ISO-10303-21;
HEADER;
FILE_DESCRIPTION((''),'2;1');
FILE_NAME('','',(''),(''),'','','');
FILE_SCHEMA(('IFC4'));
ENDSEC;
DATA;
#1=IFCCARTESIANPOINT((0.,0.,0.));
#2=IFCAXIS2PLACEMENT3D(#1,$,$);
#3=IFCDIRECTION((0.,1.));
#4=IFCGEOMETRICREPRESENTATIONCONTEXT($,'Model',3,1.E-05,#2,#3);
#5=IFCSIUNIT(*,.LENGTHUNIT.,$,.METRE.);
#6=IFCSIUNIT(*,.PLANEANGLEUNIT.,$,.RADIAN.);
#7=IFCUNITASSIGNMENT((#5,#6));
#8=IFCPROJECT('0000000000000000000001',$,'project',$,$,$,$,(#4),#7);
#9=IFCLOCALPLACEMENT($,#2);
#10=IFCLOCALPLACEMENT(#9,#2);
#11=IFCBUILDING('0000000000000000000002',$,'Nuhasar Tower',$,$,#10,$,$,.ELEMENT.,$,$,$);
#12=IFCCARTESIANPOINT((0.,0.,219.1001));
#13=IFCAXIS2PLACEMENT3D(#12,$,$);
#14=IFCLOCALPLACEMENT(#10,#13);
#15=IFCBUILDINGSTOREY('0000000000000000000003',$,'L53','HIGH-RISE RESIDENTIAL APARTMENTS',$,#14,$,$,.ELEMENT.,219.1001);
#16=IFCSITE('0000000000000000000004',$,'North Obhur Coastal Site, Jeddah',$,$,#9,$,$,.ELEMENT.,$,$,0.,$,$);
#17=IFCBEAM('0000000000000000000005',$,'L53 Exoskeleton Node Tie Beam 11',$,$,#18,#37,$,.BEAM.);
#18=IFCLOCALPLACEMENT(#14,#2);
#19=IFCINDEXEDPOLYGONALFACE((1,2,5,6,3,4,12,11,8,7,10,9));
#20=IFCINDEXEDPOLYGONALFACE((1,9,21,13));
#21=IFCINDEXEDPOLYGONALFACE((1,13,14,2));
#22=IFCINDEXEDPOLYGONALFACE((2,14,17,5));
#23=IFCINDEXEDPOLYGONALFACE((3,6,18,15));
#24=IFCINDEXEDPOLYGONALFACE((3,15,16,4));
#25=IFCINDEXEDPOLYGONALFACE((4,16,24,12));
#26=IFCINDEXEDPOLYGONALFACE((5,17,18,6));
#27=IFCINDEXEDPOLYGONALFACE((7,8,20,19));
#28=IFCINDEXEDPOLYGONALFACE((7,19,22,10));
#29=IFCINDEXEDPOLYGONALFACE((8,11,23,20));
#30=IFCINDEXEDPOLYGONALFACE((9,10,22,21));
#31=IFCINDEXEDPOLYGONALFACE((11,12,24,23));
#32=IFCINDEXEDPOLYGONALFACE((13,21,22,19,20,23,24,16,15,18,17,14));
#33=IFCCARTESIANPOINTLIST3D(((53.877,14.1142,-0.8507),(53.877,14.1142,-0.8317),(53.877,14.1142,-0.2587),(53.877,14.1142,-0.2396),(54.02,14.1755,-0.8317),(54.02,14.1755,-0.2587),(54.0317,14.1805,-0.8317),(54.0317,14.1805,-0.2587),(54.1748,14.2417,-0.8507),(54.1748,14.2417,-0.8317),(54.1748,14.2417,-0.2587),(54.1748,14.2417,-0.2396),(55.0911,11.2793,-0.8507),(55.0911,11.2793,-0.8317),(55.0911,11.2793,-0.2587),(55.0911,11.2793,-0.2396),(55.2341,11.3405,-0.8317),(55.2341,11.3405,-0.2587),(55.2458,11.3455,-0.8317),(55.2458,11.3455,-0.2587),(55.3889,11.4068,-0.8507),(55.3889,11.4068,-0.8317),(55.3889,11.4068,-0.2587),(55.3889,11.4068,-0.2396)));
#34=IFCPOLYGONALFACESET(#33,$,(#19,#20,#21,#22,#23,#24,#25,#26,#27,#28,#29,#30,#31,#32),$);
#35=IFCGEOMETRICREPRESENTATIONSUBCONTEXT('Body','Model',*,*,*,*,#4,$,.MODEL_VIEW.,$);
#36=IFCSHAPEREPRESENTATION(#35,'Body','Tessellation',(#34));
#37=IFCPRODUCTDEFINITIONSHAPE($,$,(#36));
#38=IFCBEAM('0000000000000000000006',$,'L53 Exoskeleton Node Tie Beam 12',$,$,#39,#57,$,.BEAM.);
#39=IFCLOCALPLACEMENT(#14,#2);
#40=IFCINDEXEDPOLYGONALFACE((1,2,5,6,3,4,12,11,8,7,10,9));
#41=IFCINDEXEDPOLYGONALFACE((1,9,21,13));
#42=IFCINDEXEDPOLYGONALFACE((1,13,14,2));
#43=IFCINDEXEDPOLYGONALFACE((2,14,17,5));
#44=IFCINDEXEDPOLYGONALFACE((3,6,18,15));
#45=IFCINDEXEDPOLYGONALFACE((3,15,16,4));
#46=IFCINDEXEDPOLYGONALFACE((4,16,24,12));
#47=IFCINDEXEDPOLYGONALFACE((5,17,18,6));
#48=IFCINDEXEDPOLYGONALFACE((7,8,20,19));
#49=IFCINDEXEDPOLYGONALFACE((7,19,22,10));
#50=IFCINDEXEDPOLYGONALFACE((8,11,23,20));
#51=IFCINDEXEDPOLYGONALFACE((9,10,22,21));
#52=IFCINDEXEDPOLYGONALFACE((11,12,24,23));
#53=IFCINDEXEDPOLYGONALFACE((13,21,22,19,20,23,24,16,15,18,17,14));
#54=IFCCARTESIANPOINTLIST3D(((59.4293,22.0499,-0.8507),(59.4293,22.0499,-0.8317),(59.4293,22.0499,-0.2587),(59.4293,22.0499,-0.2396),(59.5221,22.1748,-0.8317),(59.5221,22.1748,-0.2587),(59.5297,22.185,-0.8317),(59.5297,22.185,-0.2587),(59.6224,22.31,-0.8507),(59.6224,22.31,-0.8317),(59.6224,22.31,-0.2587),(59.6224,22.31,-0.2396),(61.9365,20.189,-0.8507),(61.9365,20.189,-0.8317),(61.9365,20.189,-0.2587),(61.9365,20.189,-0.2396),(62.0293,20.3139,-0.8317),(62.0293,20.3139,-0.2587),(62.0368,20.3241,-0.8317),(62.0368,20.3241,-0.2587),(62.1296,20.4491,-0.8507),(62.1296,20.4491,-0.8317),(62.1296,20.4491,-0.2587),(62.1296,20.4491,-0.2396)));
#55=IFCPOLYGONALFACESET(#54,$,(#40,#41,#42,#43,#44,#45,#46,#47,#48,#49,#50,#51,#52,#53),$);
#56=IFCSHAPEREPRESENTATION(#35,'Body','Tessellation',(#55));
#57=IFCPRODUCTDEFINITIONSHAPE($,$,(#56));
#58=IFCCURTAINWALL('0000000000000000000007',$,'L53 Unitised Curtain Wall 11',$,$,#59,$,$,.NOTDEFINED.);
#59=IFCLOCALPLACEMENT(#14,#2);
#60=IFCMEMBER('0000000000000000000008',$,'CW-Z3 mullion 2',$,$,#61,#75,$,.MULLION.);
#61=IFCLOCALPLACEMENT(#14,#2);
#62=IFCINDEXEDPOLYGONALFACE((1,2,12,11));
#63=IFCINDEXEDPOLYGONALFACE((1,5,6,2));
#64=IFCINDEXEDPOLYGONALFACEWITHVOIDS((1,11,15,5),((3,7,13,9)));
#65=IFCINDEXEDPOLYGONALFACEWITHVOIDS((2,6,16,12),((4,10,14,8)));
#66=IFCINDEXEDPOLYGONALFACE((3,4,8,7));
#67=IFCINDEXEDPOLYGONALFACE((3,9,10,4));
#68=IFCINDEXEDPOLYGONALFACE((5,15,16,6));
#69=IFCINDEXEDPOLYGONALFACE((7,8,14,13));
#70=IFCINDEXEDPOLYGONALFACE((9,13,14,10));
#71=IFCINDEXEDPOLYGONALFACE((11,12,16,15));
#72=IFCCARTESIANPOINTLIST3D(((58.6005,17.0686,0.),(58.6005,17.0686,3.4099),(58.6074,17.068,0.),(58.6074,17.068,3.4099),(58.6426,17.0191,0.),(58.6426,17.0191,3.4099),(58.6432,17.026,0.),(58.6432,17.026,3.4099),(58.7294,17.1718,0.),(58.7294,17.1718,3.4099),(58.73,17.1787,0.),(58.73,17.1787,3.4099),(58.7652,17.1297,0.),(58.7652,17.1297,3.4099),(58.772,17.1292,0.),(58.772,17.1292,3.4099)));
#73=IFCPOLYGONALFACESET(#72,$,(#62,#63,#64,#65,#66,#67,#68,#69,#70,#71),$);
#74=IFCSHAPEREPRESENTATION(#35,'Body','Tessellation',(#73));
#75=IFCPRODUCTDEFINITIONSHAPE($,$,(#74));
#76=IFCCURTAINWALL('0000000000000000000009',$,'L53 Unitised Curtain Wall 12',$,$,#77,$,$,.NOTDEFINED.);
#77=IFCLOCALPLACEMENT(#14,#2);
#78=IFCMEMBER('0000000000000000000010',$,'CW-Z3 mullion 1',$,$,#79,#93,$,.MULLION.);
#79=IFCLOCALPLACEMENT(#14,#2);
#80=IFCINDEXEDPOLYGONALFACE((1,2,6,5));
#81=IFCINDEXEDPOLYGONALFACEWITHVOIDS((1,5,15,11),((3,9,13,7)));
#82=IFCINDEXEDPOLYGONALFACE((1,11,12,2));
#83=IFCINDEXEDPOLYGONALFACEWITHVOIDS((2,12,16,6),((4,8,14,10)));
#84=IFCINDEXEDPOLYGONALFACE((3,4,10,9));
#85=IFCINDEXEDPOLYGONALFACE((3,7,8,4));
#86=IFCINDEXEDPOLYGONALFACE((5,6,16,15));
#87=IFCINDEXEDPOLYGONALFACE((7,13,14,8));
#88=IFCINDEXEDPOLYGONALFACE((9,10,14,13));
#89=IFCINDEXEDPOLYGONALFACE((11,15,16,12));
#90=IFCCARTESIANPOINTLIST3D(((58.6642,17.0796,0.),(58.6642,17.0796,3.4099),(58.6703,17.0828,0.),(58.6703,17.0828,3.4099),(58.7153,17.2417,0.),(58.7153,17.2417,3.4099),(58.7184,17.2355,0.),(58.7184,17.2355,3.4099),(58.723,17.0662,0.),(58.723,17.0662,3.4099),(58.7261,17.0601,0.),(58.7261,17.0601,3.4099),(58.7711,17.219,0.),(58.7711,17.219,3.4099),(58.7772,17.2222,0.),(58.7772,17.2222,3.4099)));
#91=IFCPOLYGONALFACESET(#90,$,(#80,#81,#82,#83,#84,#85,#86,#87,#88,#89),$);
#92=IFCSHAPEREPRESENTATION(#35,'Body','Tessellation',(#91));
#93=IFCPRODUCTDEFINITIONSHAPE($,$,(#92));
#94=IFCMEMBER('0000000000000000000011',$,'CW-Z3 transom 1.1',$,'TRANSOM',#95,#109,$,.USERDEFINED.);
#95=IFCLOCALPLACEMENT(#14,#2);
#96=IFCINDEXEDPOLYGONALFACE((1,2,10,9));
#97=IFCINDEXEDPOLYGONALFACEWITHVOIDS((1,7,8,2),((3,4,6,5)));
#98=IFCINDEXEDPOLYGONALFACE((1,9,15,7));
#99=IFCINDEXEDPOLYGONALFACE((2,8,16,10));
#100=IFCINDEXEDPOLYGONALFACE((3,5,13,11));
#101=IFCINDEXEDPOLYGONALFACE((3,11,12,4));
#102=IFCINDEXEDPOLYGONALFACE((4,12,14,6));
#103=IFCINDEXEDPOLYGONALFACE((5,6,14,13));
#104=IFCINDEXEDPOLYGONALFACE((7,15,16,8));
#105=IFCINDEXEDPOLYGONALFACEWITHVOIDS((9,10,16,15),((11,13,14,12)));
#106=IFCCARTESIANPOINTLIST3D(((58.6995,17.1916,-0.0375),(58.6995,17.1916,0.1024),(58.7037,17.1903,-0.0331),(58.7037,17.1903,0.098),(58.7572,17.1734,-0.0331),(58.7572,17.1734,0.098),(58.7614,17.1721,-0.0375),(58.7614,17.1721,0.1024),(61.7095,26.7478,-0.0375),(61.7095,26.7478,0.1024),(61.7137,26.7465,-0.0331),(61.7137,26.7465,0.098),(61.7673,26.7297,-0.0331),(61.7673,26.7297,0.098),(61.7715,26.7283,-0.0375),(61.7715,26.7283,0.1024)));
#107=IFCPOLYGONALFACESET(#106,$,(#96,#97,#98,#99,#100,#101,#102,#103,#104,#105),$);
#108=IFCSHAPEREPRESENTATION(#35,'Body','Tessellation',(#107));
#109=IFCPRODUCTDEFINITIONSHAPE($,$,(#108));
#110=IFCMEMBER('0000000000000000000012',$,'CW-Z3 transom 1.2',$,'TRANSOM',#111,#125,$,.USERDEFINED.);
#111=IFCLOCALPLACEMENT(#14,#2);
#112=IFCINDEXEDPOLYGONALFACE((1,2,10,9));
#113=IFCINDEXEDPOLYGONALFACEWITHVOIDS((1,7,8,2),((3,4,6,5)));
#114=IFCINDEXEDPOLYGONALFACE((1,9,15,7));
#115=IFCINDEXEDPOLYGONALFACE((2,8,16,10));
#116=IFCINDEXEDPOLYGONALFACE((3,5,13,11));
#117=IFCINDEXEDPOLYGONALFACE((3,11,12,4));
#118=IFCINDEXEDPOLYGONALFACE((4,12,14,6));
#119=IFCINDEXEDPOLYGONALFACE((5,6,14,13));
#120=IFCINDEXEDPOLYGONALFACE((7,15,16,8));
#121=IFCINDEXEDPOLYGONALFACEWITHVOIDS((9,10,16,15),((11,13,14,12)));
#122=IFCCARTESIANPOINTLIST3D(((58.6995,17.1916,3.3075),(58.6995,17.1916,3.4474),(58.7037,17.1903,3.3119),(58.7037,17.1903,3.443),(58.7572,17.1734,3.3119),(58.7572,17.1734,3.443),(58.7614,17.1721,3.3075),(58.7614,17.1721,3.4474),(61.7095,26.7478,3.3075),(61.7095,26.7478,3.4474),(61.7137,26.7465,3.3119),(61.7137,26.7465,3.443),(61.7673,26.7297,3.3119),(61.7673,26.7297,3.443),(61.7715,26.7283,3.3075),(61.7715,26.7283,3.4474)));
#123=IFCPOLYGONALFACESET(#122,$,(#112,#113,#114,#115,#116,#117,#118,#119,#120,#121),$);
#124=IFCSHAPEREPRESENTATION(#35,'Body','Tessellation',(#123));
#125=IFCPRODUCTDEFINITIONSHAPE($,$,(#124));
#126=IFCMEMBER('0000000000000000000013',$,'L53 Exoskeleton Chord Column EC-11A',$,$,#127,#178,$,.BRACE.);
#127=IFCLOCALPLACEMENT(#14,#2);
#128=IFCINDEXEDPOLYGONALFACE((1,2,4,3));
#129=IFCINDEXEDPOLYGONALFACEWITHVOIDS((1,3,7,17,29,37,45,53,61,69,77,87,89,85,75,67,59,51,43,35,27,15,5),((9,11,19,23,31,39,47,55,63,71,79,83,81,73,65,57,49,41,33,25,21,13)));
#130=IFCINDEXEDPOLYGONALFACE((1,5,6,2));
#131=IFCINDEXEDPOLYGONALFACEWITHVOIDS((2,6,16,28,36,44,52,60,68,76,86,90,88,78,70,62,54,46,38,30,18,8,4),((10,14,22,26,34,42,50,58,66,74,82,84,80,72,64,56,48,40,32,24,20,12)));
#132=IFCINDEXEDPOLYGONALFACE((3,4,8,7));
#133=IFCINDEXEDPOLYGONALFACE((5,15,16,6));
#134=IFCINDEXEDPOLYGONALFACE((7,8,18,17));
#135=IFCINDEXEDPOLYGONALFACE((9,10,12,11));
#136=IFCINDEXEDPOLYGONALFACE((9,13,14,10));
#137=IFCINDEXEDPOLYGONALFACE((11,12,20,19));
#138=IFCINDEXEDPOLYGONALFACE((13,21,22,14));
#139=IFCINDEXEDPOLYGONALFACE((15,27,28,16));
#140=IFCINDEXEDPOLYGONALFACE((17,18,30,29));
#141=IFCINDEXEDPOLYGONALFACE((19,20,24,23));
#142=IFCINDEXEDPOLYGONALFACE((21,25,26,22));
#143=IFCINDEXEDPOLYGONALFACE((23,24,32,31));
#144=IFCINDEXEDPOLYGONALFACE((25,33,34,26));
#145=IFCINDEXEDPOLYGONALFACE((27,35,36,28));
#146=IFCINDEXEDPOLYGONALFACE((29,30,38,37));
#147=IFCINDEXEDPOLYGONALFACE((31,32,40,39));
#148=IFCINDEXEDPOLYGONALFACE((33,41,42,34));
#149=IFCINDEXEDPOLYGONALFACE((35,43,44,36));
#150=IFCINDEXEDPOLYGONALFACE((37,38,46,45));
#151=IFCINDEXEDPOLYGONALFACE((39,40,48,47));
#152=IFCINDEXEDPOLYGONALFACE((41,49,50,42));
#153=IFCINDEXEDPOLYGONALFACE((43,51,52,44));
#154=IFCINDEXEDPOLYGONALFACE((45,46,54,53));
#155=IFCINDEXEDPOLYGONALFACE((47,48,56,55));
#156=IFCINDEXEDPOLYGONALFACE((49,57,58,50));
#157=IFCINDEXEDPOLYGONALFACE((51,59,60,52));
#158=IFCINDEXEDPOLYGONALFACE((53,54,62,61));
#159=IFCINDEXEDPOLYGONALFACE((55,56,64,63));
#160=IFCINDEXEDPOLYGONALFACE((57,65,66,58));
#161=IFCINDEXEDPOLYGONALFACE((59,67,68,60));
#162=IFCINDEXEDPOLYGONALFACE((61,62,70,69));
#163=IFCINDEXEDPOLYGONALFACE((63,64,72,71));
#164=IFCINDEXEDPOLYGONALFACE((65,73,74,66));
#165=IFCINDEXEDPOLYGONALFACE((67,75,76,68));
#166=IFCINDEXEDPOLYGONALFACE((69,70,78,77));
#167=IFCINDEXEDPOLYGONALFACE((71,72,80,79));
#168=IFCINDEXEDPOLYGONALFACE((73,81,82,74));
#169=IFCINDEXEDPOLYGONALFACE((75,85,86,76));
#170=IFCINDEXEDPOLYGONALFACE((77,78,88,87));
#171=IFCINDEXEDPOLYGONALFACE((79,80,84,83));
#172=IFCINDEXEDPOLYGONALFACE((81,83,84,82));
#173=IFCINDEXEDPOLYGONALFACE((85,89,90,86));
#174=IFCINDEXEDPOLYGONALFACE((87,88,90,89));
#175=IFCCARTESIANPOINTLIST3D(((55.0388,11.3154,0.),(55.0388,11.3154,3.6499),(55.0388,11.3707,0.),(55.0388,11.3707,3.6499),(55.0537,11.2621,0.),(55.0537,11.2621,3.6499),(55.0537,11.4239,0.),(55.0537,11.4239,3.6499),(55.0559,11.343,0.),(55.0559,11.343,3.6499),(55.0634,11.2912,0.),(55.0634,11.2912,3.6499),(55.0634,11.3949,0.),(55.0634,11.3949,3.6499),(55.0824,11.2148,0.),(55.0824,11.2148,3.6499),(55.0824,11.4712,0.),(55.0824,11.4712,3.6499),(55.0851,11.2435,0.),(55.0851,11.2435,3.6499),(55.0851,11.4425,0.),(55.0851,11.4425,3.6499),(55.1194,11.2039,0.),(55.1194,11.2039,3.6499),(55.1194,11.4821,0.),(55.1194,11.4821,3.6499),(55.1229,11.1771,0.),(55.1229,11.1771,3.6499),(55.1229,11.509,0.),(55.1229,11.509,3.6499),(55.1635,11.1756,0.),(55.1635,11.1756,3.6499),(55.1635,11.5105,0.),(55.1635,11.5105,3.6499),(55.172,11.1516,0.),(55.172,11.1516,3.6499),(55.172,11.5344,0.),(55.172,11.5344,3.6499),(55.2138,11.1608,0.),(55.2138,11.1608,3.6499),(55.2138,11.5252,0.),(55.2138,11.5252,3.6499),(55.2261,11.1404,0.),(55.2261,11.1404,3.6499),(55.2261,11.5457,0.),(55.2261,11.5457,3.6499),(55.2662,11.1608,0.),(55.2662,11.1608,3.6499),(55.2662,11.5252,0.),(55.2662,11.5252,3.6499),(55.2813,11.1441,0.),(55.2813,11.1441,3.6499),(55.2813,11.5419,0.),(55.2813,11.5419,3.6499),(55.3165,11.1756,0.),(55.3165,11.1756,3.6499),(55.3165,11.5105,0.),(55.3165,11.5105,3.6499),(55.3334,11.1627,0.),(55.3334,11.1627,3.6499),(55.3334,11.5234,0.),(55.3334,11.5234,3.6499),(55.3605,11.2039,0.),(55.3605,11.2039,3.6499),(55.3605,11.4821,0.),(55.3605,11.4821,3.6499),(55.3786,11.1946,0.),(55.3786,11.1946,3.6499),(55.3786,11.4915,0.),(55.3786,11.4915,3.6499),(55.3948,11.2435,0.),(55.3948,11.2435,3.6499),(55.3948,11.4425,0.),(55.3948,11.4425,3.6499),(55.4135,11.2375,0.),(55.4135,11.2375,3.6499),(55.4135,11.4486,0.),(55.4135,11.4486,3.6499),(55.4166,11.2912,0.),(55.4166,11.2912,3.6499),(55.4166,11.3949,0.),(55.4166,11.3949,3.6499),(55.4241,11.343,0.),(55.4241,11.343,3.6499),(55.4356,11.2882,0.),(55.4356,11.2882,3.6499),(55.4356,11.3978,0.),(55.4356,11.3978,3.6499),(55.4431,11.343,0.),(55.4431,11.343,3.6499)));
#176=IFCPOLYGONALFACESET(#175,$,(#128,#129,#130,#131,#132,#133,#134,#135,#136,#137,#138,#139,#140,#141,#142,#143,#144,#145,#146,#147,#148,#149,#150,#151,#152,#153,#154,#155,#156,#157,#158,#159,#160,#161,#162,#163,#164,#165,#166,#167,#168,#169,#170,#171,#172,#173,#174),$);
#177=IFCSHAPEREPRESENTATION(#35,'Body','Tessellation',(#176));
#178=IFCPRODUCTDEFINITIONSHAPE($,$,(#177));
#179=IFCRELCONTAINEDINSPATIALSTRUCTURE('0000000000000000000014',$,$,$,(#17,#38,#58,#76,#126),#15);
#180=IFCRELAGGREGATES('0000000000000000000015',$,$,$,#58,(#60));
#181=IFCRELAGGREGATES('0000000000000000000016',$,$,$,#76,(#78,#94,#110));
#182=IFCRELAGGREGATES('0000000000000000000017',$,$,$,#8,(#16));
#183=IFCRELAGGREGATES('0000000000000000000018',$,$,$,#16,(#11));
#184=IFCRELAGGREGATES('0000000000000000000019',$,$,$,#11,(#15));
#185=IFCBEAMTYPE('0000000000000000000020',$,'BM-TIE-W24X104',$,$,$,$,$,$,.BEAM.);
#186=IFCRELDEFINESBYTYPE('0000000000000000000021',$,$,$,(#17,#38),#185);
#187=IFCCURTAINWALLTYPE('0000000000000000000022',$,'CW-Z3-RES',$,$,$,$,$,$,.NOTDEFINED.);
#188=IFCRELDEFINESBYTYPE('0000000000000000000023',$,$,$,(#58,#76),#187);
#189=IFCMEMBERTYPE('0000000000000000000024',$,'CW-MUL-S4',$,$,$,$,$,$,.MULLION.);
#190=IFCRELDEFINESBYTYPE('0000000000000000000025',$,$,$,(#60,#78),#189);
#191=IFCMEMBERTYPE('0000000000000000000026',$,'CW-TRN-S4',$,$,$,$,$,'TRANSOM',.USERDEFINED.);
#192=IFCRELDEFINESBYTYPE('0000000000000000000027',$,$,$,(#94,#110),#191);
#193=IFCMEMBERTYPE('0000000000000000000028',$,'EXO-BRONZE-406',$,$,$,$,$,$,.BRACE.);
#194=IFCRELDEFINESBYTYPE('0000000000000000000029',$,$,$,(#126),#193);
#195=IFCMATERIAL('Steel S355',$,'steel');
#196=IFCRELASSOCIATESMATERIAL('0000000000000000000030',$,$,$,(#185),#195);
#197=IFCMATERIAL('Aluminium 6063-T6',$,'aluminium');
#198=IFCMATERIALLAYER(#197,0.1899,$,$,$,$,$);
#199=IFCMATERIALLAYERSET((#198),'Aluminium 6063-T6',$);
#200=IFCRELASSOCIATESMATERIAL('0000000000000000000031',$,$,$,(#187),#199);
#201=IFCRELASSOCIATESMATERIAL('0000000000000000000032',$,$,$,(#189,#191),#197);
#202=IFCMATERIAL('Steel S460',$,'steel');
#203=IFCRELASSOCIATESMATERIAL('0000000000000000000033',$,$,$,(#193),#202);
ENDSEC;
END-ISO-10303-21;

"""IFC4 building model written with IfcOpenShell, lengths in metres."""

from ifc_helpers import new_model, si_unit, direction, frame, origin, origin_2d, place, context, subcontext, project, spatial, hollow_rectangle, hollow_circle, i_section, extrude, material, layer, layer_set, material_profile, profile_set, type_object, element, aggregate, save


model = new_model("IFC4")

# Units and contexts
model_context = context("Model", 3, precision=1e-05, world=origin(), true_north=direction((0.0, 1.0)))
body_context = subcontext(model_context, "Body", "Model", "MODEL_VIEW")
ifc_project = project(units=[si_unit("LENGTHUNIT", "METRE"), si_unit("PLANEANGLEUNIT", "RADIAN")], contexts=[model_context])

# Site, building, storey
site_placement = place(None, origin())
site = spatial("IfcSite", under=ifc_project, at=site_placement, Name="North Obhur Coastal Site, Jeddah", CompositionType="ELEMENT", RefElevation=0.0)
building_placement = place(site_placement, origin())
building = spatial("IfcBuilding", under=site, at=building_placement, Name="Nuhasar Tower", CompositionType="ELEMENT")
storey_placement = place(building_placement, frame((0.0, 0.0, 219.1001)))
storey = spatial("IfcBuildingStorey", under=building, at=storey_placement, Name="L53", Description="HIGH-RISE RESIDENTIAL APARTMENTS", CompositionType="ELEMENT", Elevation=219.1001)

# Beams
ifc_material_1 = material(Name="Steel S355", Category="steel")
ifc_material_profile_1 = material_profile(ifc_material_1, i_section(OverallWidth=0.324, OverallDepth=0.6111, WebThickness=0.0127, FlangeThickness=0.019, at=origin_2d()), Name="W24X104")
ifc_profile_set_1 = profile_set([ifc_material_profile_1], Name="Steel S355")
beam_type_1 = type_object("IfcBeamType", Name="BM-TIE-W24X104", PredefinedType="BEAM", material=ifc_profile_set_1)
beam_1_placement = place(storey_placement, frame((54.0259, 14.178, -0.5452), z_axis=(0.39368, -0.919247, 0.0), x_axis=(0.919247, 0.39368, 0.0)))
element("IfcBeam", 1, at=beam_1_placement, inside=storey, type_object=beam_type_1, Name="L53 Exoskeleton Node Tie Beam 11", PredefinedType="BEAM", context=body_context, shape_type="SweptSolid", body=[
    extrude(i_section(OverallWidth=0.324, OverallDepth=0.6111, WebThickness=0.0127, FlangeThickness=0.019, at=origin_2d()), origin(), (0.0, 0.0, 1.0), 3.084),
])
beam_2_placement = place(storey_placement, frame((59.5259, 22.1799, -0.5452), z_axis=(0.802983, -0.596001, 0.0), x_axis=(0.596001, 0.802983, 0.0)))
element("IfcBeam", 2, at=beam_2_placement, inside=storey, type_object=beam_type_1, Name="L53 Exoskeleton Node Tie Beam 12", PredefinedType="BEAM", context=body_context, shape_type="SweptSolid", body=[
    extrude(i_section(OverallWidth=0.324, OverallDepth=0.6111, WebThickness=0.0127, FlangeThickness=0.019, at=origin_2d()), origin(), (0.0, 0.0, 1.0), 3.1223),
])

# Curtain wall, member
ifc_material_2 = material(Name="Aluminium 6063-T6", Category="aluminium")
ifc_layer_1 = layer(ifc_material_2, 0.1899)
ifc_layer_set_1 = layer_set([ifc_layer_1], Name="Aluminium 6063-T6")
curtain_wall_type = type_object("IfcCurtainWallType", Name="CW-Z3-RES", PredefinedType="NOTDEFINED", material=ifc_layer_set_1)
curtain_wall_1_placement = place(storey_placement, origin())
curtain_wall_1 = element("IfcCurtainWall", 3, at=curtain_wall_1_placement, inside=storey, type_object=curtain_wall_type, Name="L53 Unitised Curtain Wall 11", PredefinedType="NOTDEFINED")
ifc_material_profile_2 = material_profile(ifc_material_2, hollow_rectangle(XDim=0.0649, YDim=0.1699, WallThickness=0.0049, at=origin_2d()), Name="CWM-4")
ifc_profile_set_2 = profile_set([ifc_material_profile_2], Name="Aluminium 6063-T6")
member_type_1 = type_object("IfcMemberType", Name="CW-MUL-S4", PredefinedType="MULLION", material=ifc_profile_set_2)
member_1_placement = place(storey_placement, frame((58.6863, 17.0989, 0.0), z_axis=(0.0, 0.0, 1.0), x_axis=(-0.647895, 0.761729, 0.0)))
member_1 = element("IfcMember", 4, at=member_1_placement, type_object=member_type_1, Name="CW-Z3 mullion 2", PredefinedType="MULLION", context=body_context, shape_type="SweptSolid", body=[
    extrude(hollow_rectangle(XDim=0.0649, YDim=0.1699, WallThickness=0.0049, at=origin_2d()), origin(), (0.0, 0.0, 1.0), 3.4099),
])

# Curtain wall, members
curtain_wall_2_placement = place(storey_placement, origin())
curtain_wall_2 = element("IfcCurtainWall", 5, at=curtain_wall_2_placement, inside=storey, type_object=curtain_wall_type, Name="L53 Unitised Curtain Wall 12", PredefinedType="NOTDEFINED")
member_2_placement = place(storey_placement, frame((58.7207, 17.1509, 0.0), z_axis=(0.0, 0.0, 1.0), x_axis=(-0.953804, 0.300429, 0.0)))
member_2 = element("IfcMember", 6, at=member_2_placement, type_object=member_type_1, Name="CW-Z3 mullion 1", PredefinedType="MULLION", context=body_context, shape_type="SweptSolid", body=[
    extrude(hollow_rectangle(XDim=0.0649, YDim=0.1699, WallThickness=0.0049, at=origin_2d()), origin(), (0.0, 0.0, 1.0), 3.4099),
])
ifc_material_profile_3 = material_profile(ifc_material_2, hollow_rectangle(XDim=0.0649, YDim=0.1399, WallThickness=0.0044, at=origin_2d()), Name="CWT-4")
ifc_profile_set_3 = profile_set([ifc_material_profile_3], Name="Aluminium 6063-T6")
member_type_2 = type_object("IfcMemberType", Name="CW-TRN-S4", ElementType="TRANSOM", PredefinedType="USERDEFINED", material=ifc_profile_set_3)
member_3_placement = place(storey_placement, frame((58.7305, 17.1819, 0.0325), z_axis=(0.30043, 0.953804, 0.0), x_axis=(-0.953804, 0.30043, 0.0)))
member_3 = element("IfcMember", 7, at=member_3_placement, type_object=member_type_2, Name="CW-Z3 transom 1.1", ObjectType="TRANSOM", PredefinedType="USERDEFINED", context=body_context, shape_type="SweptSolid", body=[
    extrude(hollow_rectangle(XDim=0.0649, YDim=0.1399, WallThickness=0.0044, at=origin_2d()), origin(), (0.0, 0.0, 1.0), 10.019),
])
member_4_placement = place(storey_placement, frame((58.7305, 17.1819, 3.3774), z_axis=(0.30043, 0.953804, 0.0), x_axis=(-0.953804, 0.30043, 0.0)))
member_4 = element("IfcMember", 8, at=member_4_placement, type_object=member_type_2, Name="CW-Z3 transom 1.2", ObjectType="TRANSOM", PredefinedType="USERDEFINED", context=body_context, shape_type="SweptSolid", body=[
    extrude(hollow_rectangle(XDim=0.0649, YDim=0.1399, WallThickness=0.0044, at=origin_2d()), origin(), (0.0, 0.0, 1.0), 10.019),
])

# Member
ifc_material_3 = material(Name="Steel S460", Category="steel")
ifc_material_profile_4 = material_profile(ifc_material_3, hollow_circle(Radius=0.2031, WallThickness=0.019, at=origin_2d()), Name="HSS406.4X19.1")
ifc_profile_set_4 = profile_set([ifc_material_profile_4], Name="Steel S460")
member_type_3 = type_object("IfcMemberType", Name="EXO-BRONZE-406", PredefinedType="BRACE", material=ifc_profile_set_4)
for number, where, z_axis, x_axis, name in (
    (9, (55.24, 11.343, 0.0), (0.0, 0.0, 1.0), (1.0, 0.0, 0.0), "L53 Exoskeleton Chord Column EC-11A"),
):
    element("IfcMember", number, at=place(storey_placement, frame(where, z_axis=z_axis, x_axis=x_axis)), inside=storey, type_object=member_type_3, Name=name, PredefinedType="BRACE", context=body_context, shape_type="SweptSolid", body=[
        extrude(hollow_circle(Radius=0.2031, WallThickness=0.019, at=origin_2d()), origin(), (0.0, 0.0, 1.0), 3.6499),
    ])

aggregate(curtain_wall_1, [member_1])
aggregate(curtain_wall_2, [member_2, member_3, member_4])

save(model, "model.ifc")
